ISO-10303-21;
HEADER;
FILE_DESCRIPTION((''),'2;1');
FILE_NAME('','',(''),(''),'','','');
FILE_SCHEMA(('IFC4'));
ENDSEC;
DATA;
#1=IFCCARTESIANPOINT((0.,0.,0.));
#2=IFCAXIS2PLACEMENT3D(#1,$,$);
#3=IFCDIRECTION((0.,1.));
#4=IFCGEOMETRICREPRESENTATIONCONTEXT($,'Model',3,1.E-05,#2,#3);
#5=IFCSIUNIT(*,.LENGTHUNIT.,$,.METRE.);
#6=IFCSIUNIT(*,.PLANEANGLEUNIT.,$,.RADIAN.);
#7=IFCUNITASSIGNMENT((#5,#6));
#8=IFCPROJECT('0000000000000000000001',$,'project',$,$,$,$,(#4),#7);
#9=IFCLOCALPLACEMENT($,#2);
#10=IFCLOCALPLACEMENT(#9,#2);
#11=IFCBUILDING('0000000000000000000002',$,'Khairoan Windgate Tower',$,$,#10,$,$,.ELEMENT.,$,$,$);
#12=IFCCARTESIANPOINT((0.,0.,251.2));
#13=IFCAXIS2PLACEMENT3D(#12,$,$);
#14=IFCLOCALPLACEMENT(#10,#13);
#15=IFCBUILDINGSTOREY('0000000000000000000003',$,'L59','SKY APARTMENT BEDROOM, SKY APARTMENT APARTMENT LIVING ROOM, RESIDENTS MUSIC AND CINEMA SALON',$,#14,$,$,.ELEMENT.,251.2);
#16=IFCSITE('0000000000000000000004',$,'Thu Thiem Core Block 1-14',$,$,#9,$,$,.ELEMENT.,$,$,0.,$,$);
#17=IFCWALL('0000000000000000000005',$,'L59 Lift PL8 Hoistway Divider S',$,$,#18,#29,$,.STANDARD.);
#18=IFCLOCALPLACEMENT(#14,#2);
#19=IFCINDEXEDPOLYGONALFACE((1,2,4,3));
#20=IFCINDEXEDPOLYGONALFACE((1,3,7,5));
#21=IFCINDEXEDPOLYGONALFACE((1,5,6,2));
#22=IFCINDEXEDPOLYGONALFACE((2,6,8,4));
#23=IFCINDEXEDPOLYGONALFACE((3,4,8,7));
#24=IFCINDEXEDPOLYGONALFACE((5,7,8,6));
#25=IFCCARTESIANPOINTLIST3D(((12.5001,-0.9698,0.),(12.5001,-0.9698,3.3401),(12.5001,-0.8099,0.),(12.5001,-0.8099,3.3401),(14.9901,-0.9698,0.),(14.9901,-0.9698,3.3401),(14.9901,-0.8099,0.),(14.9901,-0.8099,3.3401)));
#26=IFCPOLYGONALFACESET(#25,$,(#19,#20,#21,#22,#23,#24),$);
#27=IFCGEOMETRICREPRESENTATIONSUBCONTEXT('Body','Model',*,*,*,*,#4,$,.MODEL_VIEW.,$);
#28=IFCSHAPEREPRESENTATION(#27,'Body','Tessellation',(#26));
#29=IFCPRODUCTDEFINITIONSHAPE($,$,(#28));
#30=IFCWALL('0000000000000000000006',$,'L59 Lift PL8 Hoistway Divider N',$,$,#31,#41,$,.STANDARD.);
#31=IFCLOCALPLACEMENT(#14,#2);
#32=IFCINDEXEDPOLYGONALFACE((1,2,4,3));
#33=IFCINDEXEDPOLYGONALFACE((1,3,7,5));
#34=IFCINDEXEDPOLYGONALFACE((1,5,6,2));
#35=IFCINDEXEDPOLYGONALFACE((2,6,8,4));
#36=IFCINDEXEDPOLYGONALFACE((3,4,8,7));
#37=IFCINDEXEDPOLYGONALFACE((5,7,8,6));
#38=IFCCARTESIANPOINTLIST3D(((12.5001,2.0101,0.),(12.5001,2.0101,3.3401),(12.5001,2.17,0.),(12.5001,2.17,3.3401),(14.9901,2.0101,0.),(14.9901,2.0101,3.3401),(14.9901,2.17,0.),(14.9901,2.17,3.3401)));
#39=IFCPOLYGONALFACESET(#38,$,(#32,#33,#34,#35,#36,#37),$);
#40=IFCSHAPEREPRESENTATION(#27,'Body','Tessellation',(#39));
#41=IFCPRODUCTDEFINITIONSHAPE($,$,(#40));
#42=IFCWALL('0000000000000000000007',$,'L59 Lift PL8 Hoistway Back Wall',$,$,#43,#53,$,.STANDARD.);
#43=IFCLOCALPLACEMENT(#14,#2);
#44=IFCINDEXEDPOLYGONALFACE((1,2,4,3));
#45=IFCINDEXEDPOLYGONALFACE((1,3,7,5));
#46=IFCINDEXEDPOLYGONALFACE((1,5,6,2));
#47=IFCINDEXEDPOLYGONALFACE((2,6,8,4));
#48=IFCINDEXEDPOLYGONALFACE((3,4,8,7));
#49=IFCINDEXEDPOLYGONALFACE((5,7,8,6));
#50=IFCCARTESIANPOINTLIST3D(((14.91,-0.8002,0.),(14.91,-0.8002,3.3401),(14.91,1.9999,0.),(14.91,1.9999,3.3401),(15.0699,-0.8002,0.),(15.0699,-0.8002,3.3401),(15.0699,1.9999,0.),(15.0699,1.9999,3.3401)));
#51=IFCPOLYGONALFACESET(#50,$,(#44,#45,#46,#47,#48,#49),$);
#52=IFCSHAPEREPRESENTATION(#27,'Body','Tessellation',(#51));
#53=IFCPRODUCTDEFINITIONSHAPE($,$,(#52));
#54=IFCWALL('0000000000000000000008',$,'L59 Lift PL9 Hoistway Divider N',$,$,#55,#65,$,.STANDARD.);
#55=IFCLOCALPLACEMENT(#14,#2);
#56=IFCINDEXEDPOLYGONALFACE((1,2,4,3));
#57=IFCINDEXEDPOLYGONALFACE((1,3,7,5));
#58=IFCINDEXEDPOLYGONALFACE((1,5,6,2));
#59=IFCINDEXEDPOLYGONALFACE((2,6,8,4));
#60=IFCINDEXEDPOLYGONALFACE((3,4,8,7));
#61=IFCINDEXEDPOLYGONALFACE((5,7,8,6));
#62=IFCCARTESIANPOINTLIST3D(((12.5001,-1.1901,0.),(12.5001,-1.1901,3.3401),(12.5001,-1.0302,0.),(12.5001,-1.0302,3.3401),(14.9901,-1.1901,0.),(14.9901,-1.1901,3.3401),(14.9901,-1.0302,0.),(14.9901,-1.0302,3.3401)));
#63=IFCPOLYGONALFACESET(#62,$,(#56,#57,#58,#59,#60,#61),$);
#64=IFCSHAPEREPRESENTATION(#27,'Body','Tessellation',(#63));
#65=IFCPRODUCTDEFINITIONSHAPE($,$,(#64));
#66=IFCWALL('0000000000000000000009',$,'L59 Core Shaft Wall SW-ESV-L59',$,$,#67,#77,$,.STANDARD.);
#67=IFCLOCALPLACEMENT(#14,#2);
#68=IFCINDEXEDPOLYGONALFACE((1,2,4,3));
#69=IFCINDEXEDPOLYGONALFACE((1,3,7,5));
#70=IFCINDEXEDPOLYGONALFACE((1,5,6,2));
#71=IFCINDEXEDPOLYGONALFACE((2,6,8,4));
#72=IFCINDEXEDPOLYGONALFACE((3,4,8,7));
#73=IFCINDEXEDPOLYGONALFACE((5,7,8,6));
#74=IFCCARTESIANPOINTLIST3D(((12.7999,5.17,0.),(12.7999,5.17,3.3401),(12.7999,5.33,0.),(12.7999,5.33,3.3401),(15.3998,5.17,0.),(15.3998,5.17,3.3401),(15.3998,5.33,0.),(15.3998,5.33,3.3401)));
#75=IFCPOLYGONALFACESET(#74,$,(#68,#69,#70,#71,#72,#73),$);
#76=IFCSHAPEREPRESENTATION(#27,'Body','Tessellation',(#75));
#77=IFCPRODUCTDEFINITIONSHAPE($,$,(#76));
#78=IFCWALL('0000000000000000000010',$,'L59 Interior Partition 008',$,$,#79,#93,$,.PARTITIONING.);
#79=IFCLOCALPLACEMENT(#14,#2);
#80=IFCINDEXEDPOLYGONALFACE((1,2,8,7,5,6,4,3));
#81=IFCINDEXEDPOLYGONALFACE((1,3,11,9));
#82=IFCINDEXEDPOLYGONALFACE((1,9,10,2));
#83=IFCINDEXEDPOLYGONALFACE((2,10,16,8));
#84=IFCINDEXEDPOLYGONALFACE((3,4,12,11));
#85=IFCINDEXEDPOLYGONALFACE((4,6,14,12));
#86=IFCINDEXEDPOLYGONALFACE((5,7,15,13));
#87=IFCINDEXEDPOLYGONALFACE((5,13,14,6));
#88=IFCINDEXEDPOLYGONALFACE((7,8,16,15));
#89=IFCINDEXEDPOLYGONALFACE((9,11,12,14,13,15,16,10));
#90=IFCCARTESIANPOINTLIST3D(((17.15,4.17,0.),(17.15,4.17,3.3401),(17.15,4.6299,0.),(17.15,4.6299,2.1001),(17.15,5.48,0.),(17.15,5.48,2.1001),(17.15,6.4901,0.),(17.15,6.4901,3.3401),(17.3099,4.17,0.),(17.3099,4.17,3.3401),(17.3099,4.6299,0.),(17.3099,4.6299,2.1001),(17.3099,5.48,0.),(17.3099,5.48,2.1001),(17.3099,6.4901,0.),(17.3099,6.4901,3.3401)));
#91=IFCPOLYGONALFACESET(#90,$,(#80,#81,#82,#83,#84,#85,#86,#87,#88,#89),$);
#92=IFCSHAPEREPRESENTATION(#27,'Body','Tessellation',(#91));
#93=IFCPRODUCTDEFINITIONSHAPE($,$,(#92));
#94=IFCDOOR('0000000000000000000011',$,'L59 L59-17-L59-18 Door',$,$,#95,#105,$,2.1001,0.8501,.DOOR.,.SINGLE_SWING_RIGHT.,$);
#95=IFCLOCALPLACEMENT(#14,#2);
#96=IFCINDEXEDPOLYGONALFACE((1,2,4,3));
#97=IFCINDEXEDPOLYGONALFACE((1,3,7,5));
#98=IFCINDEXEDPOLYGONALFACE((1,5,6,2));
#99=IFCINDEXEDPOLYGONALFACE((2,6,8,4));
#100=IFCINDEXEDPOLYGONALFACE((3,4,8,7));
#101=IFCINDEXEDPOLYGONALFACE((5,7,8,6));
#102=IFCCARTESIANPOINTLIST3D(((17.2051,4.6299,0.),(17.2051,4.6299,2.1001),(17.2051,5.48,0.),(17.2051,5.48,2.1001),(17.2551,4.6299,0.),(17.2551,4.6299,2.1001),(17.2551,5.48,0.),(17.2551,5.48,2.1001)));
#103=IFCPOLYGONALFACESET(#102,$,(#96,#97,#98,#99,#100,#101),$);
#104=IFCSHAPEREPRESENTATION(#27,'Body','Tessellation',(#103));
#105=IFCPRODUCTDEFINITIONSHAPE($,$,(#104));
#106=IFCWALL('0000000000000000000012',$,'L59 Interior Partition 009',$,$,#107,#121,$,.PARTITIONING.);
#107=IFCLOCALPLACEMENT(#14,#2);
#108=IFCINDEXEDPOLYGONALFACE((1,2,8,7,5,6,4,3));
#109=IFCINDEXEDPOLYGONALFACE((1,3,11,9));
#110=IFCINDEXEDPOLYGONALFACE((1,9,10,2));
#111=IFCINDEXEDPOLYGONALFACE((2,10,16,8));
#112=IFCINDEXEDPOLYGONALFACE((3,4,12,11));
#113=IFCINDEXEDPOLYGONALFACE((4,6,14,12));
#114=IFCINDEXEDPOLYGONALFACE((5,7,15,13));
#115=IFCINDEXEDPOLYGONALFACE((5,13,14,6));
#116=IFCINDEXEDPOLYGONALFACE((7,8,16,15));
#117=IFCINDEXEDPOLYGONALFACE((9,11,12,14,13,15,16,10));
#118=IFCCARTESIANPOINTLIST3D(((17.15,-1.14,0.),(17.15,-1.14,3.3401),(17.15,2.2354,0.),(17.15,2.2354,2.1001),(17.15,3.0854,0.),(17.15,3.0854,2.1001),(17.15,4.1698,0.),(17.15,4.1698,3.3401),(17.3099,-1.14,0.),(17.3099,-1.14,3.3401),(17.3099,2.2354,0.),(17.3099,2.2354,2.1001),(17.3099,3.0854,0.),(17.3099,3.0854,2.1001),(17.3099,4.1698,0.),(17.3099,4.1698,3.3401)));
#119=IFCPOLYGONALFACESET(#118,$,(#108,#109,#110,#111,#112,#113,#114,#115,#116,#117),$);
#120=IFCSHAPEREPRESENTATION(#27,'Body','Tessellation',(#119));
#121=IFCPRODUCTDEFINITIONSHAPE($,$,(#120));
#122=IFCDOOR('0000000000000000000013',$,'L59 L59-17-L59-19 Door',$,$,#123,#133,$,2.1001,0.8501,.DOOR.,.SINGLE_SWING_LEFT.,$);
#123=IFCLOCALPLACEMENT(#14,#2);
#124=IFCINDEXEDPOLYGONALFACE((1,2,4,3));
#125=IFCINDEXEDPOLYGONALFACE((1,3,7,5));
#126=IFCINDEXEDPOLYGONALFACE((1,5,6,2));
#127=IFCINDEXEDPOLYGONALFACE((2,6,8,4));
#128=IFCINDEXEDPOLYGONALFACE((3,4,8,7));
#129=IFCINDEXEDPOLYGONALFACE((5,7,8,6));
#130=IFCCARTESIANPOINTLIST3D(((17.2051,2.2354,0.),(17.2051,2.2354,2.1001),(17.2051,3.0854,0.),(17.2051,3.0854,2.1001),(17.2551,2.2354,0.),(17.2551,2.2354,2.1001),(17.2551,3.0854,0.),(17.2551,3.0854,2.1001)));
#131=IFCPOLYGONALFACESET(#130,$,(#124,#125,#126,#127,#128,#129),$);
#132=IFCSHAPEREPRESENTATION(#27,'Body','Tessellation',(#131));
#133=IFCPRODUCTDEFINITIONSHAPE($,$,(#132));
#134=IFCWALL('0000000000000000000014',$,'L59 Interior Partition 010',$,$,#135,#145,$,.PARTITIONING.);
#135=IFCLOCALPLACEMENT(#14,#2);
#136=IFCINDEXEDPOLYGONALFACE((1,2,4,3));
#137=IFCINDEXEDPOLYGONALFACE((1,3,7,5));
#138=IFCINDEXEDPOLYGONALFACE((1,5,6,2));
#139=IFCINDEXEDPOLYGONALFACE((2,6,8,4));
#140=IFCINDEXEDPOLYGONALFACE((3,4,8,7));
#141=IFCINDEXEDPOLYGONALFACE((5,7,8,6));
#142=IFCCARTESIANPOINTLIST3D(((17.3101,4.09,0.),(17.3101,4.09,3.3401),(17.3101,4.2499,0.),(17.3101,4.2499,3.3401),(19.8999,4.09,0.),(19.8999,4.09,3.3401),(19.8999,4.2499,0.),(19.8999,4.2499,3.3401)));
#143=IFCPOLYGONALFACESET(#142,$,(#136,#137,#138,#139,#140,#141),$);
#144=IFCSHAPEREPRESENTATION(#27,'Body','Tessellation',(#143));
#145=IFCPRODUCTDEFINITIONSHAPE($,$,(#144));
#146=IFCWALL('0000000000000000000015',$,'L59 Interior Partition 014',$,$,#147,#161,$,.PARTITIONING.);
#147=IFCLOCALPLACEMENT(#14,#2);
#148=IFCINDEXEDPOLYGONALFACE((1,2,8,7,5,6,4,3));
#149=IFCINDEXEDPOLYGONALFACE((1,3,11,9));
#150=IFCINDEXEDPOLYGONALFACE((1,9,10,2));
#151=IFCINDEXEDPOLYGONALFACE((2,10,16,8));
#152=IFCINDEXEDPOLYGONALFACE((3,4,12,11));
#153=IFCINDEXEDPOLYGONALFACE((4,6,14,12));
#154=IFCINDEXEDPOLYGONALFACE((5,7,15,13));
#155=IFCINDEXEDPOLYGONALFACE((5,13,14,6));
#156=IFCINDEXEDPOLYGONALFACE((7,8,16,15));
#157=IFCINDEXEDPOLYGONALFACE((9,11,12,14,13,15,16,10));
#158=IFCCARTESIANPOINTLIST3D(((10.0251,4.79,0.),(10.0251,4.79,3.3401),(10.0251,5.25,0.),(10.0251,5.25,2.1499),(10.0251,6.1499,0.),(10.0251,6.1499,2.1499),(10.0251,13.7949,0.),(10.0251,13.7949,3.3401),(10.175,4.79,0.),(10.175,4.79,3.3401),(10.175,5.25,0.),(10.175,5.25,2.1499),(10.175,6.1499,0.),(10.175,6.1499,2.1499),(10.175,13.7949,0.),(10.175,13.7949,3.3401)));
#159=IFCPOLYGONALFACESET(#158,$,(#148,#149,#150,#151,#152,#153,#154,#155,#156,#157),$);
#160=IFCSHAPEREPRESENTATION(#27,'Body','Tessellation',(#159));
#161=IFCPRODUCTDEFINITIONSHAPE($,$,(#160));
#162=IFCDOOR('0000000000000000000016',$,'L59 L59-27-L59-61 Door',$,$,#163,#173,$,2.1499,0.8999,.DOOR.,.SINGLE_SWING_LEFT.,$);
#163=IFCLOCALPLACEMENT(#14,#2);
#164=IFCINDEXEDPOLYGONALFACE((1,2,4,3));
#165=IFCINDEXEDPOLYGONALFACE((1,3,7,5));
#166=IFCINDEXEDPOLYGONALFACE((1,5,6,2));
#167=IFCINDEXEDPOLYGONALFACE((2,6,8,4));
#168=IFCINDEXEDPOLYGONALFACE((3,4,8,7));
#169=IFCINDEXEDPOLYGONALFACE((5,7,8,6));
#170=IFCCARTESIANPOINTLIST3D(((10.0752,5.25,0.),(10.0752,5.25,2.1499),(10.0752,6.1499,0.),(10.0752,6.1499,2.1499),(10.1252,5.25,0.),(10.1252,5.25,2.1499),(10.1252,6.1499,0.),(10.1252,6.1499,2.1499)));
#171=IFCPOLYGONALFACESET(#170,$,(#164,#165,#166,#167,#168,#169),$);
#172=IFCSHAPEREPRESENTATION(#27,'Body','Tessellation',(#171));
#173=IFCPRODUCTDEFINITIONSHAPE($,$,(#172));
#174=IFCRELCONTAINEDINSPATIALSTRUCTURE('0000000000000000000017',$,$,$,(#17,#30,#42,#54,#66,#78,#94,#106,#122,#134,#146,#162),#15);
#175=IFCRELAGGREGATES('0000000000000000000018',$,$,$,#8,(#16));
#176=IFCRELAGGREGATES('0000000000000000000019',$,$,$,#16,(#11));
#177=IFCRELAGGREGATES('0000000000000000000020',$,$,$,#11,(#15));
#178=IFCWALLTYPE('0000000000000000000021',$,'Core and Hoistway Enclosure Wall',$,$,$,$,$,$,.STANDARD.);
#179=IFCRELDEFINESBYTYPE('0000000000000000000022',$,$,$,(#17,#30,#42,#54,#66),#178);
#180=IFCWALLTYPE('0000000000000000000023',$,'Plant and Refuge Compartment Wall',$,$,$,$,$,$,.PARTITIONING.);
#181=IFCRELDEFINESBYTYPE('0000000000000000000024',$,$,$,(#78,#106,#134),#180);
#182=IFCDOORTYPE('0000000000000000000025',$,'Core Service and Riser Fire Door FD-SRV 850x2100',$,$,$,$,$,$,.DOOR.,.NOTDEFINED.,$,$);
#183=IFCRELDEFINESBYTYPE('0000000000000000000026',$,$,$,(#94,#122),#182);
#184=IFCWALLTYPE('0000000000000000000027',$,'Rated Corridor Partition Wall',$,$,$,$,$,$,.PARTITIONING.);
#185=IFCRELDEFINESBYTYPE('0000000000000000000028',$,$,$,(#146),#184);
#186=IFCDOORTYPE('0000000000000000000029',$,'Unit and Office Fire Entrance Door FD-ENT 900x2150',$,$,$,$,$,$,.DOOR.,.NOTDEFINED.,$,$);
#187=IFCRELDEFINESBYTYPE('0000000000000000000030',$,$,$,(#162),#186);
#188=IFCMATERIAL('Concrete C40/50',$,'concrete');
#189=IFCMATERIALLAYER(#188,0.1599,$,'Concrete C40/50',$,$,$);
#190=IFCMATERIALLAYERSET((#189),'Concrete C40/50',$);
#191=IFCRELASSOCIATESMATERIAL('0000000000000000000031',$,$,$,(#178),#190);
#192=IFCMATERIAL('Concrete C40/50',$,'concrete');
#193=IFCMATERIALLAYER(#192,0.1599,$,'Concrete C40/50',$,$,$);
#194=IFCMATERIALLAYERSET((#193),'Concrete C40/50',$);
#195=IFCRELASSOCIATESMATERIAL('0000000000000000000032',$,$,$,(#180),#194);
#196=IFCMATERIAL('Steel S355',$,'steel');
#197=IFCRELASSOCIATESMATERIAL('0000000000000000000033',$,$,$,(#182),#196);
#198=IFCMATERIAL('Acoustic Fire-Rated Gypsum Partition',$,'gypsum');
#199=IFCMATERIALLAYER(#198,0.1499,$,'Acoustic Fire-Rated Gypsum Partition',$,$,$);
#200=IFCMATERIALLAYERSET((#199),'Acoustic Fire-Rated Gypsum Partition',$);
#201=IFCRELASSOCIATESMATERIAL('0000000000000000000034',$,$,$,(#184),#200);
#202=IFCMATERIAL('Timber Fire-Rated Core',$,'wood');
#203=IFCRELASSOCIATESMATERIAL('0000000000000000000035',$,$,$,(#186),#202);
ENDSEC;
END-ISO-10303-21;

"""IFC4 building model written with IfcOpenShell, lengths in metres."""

from ifc_helpers import new_model, si_unit, direction, frame, frame_2d, origin, place, context, subcontext, project, spatial, rectangle, extrude, material, layer, layer_set, type_object, element, fill, save


model = new_model("IFC4")

# Units and contexts
model_context = context("Model", 3, precision=1e-05, world=origin(), true_north=direction((0.0, 1.0)))
body_context = subcontext(model_context, "Body", "Model", "MODEL_VIEW")
ifc_project = project(units=[si_unit("LENGTHUNIT", "METRE"), si_unit("PLANEANGLEUNIT", "RADIAN")], contexts=[model_context])

# Site, building, storey
site_placement = place(None, origin())
site = spatial("IfcSite", under=ifc_project, at=site_placement, Name="Thu Thiem Core Block 1-14", CompositionType="ELEMENT", RefElevation=0.0)
building_placement = place(site_placement, origin())
building = spatial("IfcBuilding", under=site, at=building_placement, Name="Khairoan Windgate Tower", CompositionType="ELEMENT")
storey_placement = place(building_placement, frame((0.0, 0.0, 251.2)))
storey = spatial("IfcBuildingStorey", under=building, at=storey_placement, Name="L59", Description="SKY APARTMENT BEDROOM, SKY APARTMENT APARTMENT LIVING ROOM, RESIDENTS MUSIC AND CINEMA SALON", CompositionType="ELEMENT", Elevation=251.2)

# Walls
ifc_material_1 = material(Name="Concrete C40/50", Category="concrete")
ifc_layer_1 = layer(ifc_material_1, 0.1599, Name="Concrete C40/50")
ifc_layer_set_1 = layer_set([ifc_layer_1], Name="Concrete C40/50")
wall_type_1 = type_object("IfcWallType", Name="Core and Hoistway Enclosure Wall", PredefinedType="STANDARD", material=ifc_layer_set_1)
for number, where, z_axis, x_axis, name in (
    (1, (12.5, -0.8899, 0.0), (0.0, 0.0, 1.0), (1.0, 0.0, 0.0), "L59 Lift PL8 Hoistway Divider S"),
    (2, (12.5, 2.0901, 0.0), (0.0, 0.0, 1.0), (1.0, 0.0, 0.0), "L59 Lift PL8 Hoistway Divider N"),
):
    element("IfcWall", number, at=place(storey_placement, frame(where, z_axis=z_axis, x_axis=x_axis)), inside=storey, type_object=wall_type_1, Name=name, PredefinedType="STANDARD", context=body_context, shape_type="SweptSolid", body=[
        extrude(rectangle(XDim=2.49, YDim=0.1599, at=frame_2d((1.2451, 0.0))), origin(), (0.0, 0.0, 1.0), 3.3401),
    ])
wall_1_placement = place(storey_placement, frame((14.99, -0.8, 0.0), z_axis=(0.0, 0.0, 1.0), x_axis=(0.0, 1.0, 0.0)))
element("IfcWall", 3, at=wall_1_placement, inside=storey, type_object=wall_type_1, Name="L59 Lift PL8 Hoistway Back Wall", PredefinedType="STANDARD", context=body_context, shape_type="SweptSolid", body=[
    extrude(rectangle(XDim=2.8, YDim=0.1599, at=frame_2d((1.3999, 0.0))), origin(), (0.0, 0.0, 1.0), 3.3401),
])
wall_2_placement = place(storey_placement, frame((12.5, -1.1101, 0.0), z_axis=(0.0, 0.0, 1.0), x_axis=(1.0, 0.0, 0.0)))
element("IfcWall", 4, at=wall_2_placement, inside=storey, type_object=wall_type_1, Name="L59 Lift PL9 Hoistway Divider N", PredefinedType="STANDARD", context=body_context, shape_type="SweptSolid", body=[
    extrude(rectangle(XDim=2.49, YDim=0.1599, at=frame_2d((1.2451, 0.0))), origin(), (0.0, 0.0, 1.0), 3.3401),
])
wall_3_placement = place(storey_placement, frame((12.8, 5.25, 0.0), z_axis=(0.0, 0.0, 1.0), x_axis=(1.0, 0.0, 0.0)))
element("IfcWall", 5, at=wall_3_placement, inside=storey, type_object=wall_type_1, Name="L59 Core Shaft Wall SW-ESV-L59", PredefinedType="STANDARD", context=body_context, shape_type="SweptSolid", body=[
    extrude(rectangle(XDim=2.5999, YDim=0.1599, at=frame_2d((1.2998, 0.0))), origin(), (0.0, 0.0, 1.0), 3.3401),
])

# Walls, openings, doors
ifc_material_2 = material(Name="Concrete C40/50", Category="concrete")
ifc_layer_2 = layer(ifc_material_2, 0.1599, Name="Concrete C40/50")
ifc_layer_set_2 = layer_set([ifc_layer_2], Name="Concrete C40/50")
wall_type_2 = type_object("IfcWallType", Name="Plant and Refuge Compartment Wall", PredefinedType="PARTITIONING", material=ifc_layer_set_2)
wall_4_placement = place(storey_placement, frame((17.23, 4.1699, 0.0), z_axis=(0.0, 0.0, 1.0), x_axis=(0.0, 1.0, 0.0)))
wall_4 = element("IfcWall", 6, at=wall_4_placement, inside=storey, type_object=wall_type_2, Name="L59 Interior Partition 008", PredefinedType="PARTITIONING", context=body_context, shape_type="SweptSolid", body=[
    extrude(rectangle(XDim=2.3201, YDim=0.1599, at=frame_2d((1.1602, 0.0))), origin(), (0.0, 0.0, 1.0), 3.3401),
])
opening_1_placement = place(wall_4_placement, frame((0.46, 0.0, 0.0)))
opening_1 = element("IfcOpeningElement", 7, at=opening_1_placement, cuts=wall_4, PredefinedType="OPENING", context=body_context, shape_type="SweptSolid", body=[
    extrude(rectangle(XDim=0.8501, YDim=2.1001, at=frame_2d((0.425, 1.05))), frame((0.0, 0.0898, 0.0), z_axis=(0.0, -1.0, 0.0), x_axis=(1.0, 0.0, 0.0)), (0.0, 0.0, 1.0), 0.1799),
])
ifc_material_3 = material(Name="Steel S355", Category="steel")
door_type_1 = type_object("IfcDoorType", Name="Core Service and Riser Fire Door FD-SRV 850x2100", OperationType="NOTDEFINED", PredefinedType="DOOR", material=ifc_material_3)
door_1_placement = place(opening_1_placement, origin())
door_1 = element("IfcDoor", 8, at=door_1_placement, inside=storey, type_object=door_type_1, Name="L59 L59-17-L59-18 Door", OperationType="SINGLE_SWING_RIGHT", OverallHeight=2.1001, OverallWidth=0.8501, PredefinedType="DOOR", context=body_context, shape_type="SweptSolid", body=[
    extrude(rectangle(XDim=0.8501, YDim=2.1001, at=frame_2d((0.425, 1.05))), frame((0.0, 0.0249, 0.0), z_axis=(0.0, -1.0, 0.0), x_axis=(1.0, 0.0, 0.0)), (0.0, 0.0, 1.0), 0.05),
])
fill(opening_1, door_1)
wall_5_placement = place(storey_placement, frame((17.23, -1.1399, 0.0), z_axis=(0.0, 0.0, 1.0), x_axis=(0.0, 1.0, 0.0)))
wall_5 = element("IfcWall", 9, at=wall_5_placement, inside=storey, type_object=wall_type_2, Name="L59 Interior Partition 009", PredefinedType="PARTITIONING", context=body_context, shape_type="SweptSolid", body=[
    extrude(rectangle(XDim=5.3098, YDim=0.1599, at=frame_2d((2.6548, 0.0))), origin(), (0.0, 0.0, 1.0), 3.3401),
])
opening_2_placement = place(wall_5_placement, frame((3.3752, 0.0, 0.0)))
opening_2 = element("IfcOpeningElement", 10, at=opening_2_placement, cuts=wall_5, PredefinedType="OPENING", context=body_context, shape_type="SweptSolid", body=[
    extrude(rectangle(XDim=0.8501, YDim=2.1001, at=frame_2d((0.425, 1.05))), frame((0.0, 0.0898, 0.0), z_axis=(0.0, -1.0, 0.0), x_axis=(1.0, 0.0, 0.0)), (0.0, 0.0, 1.0), 0.1799),
])
door_2_placement = place(opening_2_placement, origin())
door_2 = element("IfcDoor", 11, at=door_2_placement, inside=storey, type_object=door_type_1, Name="L59 L59-17-L59-19 Door", OperationType="SINGLE_SWING_LEFT", OverallHeight=2.1001, OverallWidth=0.8501, PredefinedType="DOOR", context=body_context, shape_type="SweptSolid", body=[
    extrude(rectangle(XDim=0.8501, YDim=2.1001, at=frame_2d((0.425, 1.05))), frame((0.0, 0.0249, 0.0), z_axis=(0.0, -1.0, 0.0), x_axis=(1.0, 0.0, 0.0)), (0.0, 0.0, 1.0), 0.05),
])
fill(opening_2, door_2)

# Wall
wall_6_placement = place(storey_placement, frame((17.3101, 4.1699, 0.0), z_axis=(0.0, 0.0, 1.0), x_axis=(1.0, 0.0, 0.0)))
element("IfcWall", 12, at=wall_6_placement, inside=storey, type_object=wall_type_2, Name="L59 Interior Partition 010", PredefinedType="PARTITIONING", context=body_context, shape_type="SweptSolid", body=[
    extrude(rectangle(XDim=2.5898, YDim=0.1599, at=frame_2d((1.2949, 0.0))), origin(), (0.0, 0.0, 1.0), 3.3401),
])

# Wall, opening, door
ifc_material_4 = material(Name="Acoustic Fire-Rated Gypsum Partition", Category="gypsum")
ifc_layer_3 = layer(ifc_material_4, 0.1499, Name="Acoustic Fire-Rated Gypsum Partition")
ifc_layer_set_3 = layer_set([ifc_layer_3], Name="Acoustic Fire-Rated Gypsum Partition")
wall_type_3 = type_object("IfcWallType", Name="Rated Corridor Partition Wall", PredefinedType="PARTITIONING", material=ifc_layer_set_3)
wall_7_placement = place(storey_placement, frame((10.1001, 4.79, 0.0), z_axis=(0.0, 0.0, 1.0), x_axis=(0.0, 1.0, 0.0)))
wall_7 = element("IfcWall", 13, at=wall_7_placement, inside=storey, type_object=wall_type_3, Name="L59 Interior Partition 014", PredefinedType="PARTITIONING", context=body_context, shape_type="SweptSolid", body=[
    extrude(rectangle(XDim=9.0049, YDim=0.1499, at=frame_2d((4.5024, 0.0))), origin(), (0.0, 0.0, 1.0), 3.3401),
])
opening_3_placement = place(wall_7_placement, frame((0.46, 0.0, 0.0)))
opening_3 = element("IfcOpeningElement", 14, at=opening_3_placement, cuts=wall_7, PredefinedType="OPENING", context=body_context, shape_type="SweptSolid", body=[
    extrude(rectangle(XDim=0.8999, YDim=2.1499, at=frame_2d((0.45, 1.075))), frame((0.0, 0.085, 0.0), z_axis=(0.0, -1.0, 0.0), x_axis=(1.0, 0.0, 0.0)), (0.0, 0.0, 1.0), 0.1699),
])
ifc_material_5 = material(Name="Timber Fire-Rated Core", Category="wood")
door_type_2 = type_object("IfcDoorType", Name="Unit and Office Fire Entrance Door FD-ENT 900x2150", OperationType="NOTDEFINED", PredefinedType="DOOR", material=ifc_material_5)
door_3_placement = place(opening_3_placement, origin())
door_3 = element("IfcDoor", 15, at=door_3_placement, inside=storey, type_object=door_type_2, Name="L59 L59-27-L59-61 Door", OperationType="SINGLE_SWING_LEFT", OverallHeight=2.1499, OverallWidth=0.8999, PredefinedType="DOOR", context=body_context, shape_type="SweptSolid", body=[
    extrude(rectangle(XDim=0.8999, YDim=2.1499, at=frame_2d((0.45, 1.075))), frame((0.0, 0.0249, 0.0), z_axis=(0.0, -1.0, 0.0), x_axis=(1.0, 0.0, 0.0)), (0.0, 0.0, 1.0), 0.05),
])
fill(opening_3, door_3)

save(model, "model.ifc")
